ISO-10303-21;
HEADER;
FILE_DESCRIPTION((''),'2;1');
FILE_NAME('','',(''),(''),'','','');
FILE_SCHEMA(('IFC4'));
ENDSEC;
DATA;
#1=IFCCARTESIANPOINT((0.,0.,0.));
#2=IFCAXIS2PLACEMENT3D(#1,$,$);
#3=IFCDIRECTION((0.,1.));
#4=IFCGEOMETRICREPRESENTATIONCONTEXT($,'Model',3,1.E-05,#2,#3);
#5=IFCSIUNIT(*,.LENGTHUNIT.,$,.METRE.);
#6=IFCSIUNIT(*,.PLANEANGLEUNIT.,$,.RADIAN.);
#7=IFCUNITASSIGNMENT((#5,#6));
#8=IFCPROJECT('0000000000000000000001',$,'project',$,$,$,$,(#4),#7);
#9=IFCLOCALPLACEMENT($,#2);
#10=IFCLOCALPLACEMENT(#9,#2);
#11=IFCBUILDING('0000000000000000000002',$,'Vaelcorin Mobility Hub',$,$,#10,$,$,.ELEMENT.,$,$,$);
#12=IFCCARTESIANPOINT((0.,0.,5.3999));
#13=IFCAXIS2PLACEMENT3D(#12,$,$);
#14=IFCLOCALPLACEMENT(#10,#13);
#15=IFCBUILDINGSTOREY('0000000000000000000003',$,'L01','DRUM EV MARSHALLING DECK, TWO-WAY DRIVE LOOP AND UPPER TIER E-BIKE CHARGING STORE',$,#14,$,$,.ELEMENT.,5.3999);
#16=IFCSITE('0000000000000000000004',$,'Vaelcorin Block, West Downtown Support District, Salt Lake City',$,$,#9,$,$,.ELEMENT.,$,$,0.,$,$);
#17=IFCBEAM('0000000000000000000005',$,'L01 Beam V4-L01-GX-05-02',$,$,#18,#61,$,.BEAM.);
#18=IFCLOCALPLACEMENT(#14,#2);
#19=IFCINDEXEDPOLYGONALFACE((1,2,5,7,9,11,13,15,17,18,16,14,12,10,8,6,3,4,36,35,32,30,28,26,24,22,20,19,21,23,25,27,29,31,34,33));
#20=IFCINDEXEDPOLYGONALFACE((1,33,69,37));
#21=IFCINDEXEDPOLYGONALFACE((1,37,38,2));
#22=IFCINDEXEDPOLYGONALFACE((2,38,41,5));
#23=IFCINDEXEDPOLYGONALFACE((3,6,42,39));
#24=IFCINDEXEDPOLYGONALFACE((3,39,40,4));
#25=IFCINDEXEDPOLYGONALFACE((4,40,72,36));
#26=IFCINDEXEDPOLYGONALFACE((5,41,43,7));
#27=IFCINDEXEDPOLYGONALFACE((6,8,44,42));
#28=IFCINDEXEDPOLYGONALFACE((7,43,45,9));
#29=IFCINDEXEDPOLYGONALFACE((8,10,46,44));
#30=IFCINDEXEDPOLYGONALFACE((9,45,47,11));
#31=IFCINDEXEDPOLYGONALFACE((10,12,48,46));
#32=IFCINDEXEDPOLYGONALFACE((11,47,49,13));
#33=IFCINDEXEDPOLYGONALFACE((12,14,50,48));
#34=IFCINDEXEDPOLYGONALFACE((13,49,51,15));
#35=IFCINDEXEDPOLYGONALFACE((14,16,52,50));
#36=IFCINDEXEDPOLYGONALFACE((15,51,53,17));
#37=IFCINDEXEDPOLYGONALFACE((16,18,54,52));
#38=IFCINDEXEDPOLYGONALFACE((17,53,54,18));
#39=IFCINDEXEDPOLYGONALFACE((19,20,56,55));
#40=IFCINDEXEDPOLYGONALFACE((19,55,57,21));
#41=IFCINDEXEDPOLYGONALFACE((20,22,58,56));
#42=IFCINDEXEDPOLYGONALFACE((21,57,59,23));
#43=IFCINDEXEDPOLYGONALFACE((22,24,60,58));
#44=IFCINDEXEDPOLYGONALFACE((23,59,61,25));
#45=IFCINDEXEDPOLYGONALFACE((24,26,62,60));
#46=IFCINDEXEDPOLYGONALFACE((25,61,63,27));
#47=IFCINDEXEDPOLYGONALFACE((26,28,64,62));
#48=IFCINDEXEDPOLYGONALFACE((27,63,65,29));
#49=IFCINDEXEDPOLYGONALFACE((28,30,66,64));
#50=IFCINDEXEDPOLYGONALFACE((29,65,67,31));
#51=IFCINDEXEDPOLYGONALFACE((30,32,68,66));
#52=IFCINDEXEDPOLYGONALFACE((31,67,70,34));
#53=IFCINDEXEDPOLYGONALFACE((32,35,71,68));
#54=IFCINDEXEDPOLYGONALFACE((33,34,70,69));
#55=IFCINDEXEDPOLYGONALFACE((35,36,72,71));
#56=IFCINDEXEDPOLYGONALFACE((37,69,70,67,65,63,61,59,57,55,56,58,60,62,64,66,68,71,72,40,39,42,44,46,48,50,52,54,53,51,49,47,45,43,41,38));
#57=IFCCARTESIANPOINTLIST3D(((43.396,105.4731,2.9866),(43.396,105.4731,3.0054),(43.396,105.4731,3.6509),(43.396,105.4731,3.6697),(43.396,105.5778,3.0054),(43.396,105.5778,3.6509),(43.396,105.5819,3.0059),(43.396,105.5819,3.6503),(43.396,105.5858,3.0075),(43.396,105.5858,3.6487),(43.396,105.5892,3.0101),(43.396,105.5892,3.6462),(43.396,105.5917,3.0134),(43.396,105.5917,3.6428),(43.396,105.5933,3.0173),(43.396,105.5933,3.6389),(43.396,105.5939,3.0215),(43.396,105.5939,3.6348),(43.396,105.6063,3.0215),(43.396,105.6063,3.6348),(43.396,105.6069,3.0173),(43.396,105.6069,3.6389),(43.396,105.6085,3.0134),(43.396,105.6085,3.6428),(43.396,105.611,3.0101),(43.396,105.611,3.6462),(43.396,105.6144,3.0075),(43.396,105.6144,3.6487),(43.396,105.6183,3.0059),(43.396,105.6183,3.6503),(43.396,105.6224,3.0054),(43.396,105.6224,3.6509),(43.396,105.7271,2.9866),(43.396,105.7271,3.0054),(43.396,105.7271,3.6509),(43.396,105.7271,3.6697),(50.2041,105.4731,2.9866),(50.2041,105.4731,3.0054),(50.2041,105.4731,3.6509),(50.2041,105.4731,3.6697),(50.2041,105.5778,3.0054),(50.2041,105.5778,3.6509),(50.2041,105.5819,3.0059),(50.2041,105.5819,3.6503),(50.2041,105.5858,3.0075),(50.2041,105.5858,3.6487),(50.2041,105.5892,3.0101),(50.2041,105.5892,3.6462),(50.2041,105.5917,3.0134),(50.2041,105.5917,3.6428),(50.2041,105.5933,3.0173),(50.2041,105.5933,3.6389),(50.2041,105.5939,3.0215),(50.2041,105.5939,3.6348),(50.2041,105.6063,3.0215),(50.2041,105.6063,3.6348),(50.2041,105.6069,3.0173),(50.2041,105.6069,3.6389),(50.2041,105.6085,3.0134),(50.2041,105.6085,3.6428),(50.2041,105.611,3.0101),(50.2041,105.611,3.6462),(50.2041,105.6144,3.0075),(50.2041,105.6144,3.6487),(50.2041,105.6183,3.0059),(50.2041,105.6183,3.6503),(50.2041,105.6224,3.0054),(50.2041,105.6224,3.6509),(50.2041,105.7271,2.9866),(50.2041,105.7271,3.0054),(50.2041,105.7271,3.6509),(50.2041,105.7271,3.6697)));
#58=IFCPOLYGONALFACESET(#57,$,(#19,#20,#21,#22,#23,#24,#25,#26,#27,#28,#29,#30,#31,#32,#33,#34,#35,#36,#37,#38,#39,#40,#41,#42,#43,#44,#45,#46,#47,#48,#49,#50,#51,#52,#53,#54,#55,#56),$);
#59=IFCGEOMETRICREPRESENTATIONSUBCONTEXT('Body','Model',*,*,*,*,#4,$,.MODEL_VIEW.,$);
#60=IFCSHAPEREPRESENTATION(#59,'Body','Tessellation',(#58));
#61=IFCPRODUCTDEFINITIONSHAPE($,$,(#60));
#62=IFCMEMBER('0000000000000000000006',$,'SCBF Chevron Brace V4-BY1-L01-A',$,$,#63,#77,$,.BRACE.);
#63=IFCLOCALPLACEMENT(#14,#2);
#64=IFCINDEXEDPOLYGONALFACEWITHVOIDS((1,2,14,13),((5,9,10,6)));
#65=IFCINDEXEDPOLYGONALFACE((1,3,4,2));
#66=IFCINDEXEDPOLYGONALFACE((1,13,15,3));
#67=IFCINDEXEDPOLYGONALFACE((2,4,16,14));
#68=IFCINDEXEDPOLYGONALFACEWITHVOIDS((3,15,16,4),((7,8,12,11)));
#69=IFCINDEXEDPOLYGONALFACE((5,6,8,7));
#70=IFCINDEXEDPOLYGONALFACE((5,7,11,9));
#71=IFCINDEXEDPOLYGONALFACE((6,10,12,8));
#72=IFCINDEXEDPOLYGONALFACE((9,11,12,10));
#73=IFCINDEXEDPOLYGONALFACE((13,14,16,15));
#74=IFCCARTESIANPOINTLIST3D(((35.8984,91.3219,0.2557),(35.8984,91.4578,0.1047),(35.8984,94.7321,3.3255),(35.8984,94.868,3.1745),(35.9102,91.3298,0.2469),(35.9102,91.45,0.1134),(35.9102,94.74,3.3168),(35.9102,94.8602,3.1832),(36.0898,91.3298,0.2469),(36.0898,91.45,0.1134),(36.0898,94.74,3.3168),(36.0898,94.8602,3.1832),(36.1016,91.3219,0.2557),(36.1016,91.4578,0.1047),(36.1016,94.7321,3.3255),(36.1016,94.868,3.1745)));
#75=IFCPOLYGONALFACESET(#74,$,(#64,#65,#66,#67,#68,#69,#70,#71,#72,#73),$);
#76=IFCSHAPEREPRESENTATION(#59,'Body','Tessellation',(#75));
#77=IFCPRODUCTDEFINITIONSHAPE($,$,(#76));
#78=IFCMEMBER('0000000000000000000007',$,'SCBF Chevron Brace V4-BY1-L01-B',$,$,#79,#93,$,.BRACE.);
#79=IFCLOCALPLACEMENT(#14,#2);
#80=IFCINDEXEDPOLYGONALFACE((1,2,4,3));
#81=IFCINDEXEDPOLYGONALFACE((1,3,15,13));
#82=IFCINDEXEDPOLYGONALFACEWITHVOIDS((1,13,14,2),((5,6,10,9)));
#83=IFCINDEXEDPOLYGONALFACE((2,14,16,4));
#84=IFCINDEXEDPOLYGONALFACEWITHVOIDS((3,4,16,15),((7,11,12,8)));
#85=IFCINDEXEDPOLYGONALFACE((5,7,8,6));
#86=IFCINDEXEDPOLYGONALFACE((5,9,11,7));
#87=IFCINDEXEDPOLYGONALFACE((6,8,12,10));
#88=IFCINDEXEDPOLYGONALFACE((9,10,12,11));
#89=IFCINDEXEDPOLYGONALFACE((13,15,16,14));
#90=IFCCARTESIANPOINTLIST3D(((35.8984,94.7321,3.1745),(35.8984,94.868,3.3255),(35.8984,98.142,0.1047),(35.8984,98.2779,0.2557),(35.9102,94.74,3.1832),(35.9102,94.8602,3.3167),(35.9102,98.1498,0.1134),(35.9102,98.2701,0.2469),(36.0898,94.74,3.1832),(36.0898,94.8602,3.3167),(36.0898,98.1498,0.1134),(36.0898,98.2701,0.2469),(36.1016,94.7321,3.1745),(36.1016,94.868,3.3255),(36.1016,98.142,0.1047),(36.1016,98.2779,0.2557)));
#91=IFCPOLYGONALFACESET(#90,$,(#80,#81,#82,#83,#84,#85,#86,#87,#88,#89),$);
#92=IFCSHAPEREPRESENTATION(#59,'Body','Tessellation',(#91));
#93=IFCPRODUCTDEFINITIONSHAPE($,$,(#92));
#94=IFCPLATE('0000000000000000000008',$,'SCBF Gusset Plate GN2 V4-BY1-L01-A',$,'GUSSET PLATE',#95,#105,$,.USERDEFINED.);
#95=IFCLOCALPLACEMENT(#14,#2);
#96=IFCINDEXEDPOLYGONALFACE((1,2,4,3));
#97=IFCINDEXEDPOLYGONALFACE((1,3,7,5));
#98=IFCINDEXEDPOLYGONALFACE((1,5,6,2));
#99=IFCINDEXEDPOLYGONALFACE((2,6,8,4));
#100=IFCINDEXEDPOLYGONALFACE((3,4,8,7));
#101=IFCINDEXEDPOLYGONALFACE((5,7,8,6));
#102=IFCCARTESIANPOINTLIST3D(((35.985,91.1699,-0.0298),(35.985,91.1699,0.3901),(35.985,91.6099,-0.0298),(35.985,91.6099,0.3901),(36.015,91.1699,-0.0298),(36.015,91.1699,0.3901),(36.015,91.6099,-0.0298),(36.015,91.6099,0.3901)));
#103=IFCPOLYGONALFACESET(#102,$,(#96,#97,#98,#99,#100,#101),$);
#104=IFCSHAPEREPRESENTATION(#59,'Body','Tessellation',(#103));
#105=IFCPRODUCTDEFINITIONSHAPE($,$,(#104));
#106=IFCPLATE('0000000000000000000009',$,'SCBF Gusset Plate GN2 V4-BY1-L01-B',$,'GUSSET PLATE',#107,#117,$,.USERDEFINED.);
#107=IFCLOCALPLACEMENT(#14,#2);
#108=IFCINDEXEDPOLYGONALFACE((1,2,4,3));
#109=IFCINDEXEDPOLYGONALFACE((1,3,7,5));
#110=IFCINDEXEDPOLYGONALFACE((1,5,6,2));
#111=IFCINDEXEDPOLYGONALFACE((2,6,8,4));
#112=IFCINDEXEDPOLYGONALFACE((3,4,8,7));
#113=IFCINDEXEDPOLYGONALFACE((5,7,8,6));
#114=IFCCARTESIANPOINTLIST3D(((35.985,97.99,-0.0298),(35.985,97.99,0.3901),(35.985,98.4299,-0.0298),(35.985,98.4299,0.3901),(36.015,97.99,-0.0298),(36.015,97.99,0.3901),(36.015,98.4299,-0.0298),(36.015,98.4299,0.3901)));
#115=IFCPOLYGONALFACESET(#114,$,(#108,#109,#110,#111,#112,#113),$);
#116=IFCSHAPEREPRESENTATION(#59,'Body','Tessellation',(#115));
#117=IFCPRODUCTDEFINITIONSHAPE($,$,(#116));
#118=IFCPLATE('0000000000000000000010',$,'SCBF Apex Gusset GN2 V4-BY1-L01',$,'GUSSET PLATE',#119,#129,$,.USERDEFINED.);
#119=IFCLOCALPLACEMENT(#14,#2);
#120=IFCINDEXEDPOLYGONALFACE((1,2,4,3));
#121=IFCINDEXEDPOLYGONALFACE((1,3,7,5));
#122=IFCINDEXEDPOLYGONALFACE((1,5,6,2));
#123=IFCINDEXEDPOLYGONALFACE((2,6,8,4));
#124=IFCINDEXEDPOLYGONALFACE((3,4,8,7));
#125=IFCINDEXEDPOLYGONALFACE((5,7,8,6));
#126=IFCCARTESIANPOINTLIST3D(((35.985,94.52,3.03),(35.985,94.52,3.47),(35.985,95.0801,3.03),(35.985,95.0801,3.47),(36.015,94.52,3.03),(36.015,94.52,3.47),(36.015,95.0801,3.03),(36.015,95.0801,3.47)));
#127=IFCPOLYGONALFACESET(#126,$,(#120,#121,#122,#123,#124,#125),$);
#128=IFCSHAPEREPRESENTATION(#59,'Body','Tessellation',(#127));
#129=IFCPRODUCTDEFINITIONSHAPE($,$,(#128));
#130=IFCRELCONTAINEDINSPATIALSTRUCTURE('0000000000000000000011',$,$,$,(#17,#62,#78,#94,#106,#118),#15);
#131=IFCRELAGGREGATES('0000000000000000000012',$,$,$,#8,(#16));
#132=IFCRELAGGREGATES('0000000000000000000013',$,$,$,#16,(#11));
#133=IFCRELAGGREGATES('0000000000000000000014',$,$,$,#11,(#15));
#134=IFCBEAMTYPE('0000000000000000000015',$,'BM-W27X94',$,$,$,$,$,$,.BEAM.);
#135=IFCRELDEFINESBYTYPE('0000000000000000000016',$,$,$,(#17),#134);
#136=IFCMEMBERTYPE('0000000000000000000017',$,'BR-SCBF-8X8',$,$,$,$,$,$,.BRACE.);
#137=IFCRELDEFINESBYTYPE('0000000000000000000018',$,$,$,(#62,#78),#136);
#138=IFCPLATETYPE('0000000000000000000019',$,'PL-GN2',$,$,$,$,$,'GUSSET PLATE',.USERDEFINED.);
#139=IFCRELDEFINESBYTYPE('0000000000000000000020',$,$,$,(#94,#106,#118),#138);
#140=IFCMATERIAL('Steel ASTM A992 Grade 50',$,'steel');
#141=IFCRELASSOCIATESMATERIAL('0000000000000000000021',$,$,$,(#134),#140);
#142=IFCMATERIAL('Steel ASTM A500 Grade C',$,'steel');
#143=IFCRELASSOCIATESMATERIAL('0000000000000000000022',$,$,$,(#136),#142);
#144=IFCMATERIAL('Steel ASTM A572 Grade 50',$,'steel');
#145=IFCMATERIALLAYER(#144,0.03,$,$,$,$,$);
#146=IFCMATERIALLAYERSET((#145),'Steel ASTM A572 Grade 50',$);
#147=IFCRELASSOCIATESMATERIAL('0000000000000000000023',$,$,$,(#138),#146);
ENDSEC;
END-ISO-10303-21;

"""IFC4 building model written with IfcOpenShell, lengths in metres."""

from ifc_helpers import new_model, si_unit, direction, frame, origin, origin_2d, place, context, subcontext, project, spatial, rectangle, hollow_rectangle, i_section, extrude, material, layer, layer_set, material_profile, profile_set, type_object, element, save


model = new_model("IFC4")

# Units and contexts
model_context = context("Model", 3, precision=1e-05, world=origin(), true_north=direction((0.0, 1.0)))
body_context = subcontext(model_context, "Body", "Model", "MODEL_VIEW")
ifc_project = project(units=[si_unit("LENGTHUNIT", "METRE"), si_unit("PLANEANGLEUNIT", "RADIAN")], contexts=[model_context])

# Site, building, storey
site_placement = place(None, origin())
site = spatial("IfcSite", under=ifc_project, at=site_placement, Name="Vaelcorin Block, West Downtown Support District, Salt Lake City", CompositionType="ELEMENT", RefElevation=0.0)
building_placement = place(site_placement, origin())
building = spatial("IfcBuilding", under=site, at=building_placement, Name="Vaelcorin Mobility Hub", CompositionType="ELEMENT")
storey_placement = place(building_placement, frame((0.0, 0.0, 5.3999)))
storey = spatial("IfcBuildingStorey", under=building, at=storey_placement, Name="L01", Description="DRUM EV MARSHALLING DECK, TWO-WAY DRIVE LOOP AND UPPER TIER E-BIKE CHARGING STORE", CompositionType="ELEMENT", Elevation=5.3999)

# Shared definitions
ifc_material_1 = material(Name="Steel ASTM A992 Grade 50", Category="steel")

# Beam
ifc_material_profile_1 = material_profile(ifc_material_1, i_section(OverallWidth=0.2539, OverallDepth=0.6831, WebThickness=0.0125, FlangeThickness=0.0188, FilletRadius=0.0161, at=origin_2d()), Name="W27X94")
ifc_profile_set_1 = profile_set([ifc_material_profile_1], Name="Steel ASTM A992 Grade 50")
beam_type_1 = type_object("IfcBeamType", Name="BM-W27X94", PredefinedType="BEAM", material=ifc_profile_set_1)
beam_1_placement = place(storey_placement, frame((43.396, 105.6001, 3.3281), z_axis=(1.0, 0.0, 0.0), x_axis=(0.0, 1.0, 0.0)))
element("IfcBeam", 1, at=beam_1_placement, inside=storey, type_object=beam_type_1, Name="L01 Beam V4-L01-GX-05-02", PredefinedType="BEAM", context=body_context, shape_type="SweptSolid", body=[
    extrude(i_section(OverallWidth=0.2539, OverallDepth=0.6831, WebThickness=0.0125, FlangeThickness=0.0188, FilletRadius=0.0161, at=origin_2d()), origin(), (0.0, 0.0, 1.0), 6.8081),
])

# Members
ifc_material_2 = material(Name="Steel ASTM A500 Grade C", Category="steel")
ifc_material_profile_2 = material_profile(ifc_material_2, hollow_rectangle(XDim=0.2031, YDim=0.2031, WallThickness=0.0117, at=origin_2d()), Name="HSS8X8X0.500")
ifc_profile_set_2 = profile_set([ifc_material_profile_2], Name="Steel ASTM A500 Grade C")
member_type = type_object("IfcMemberType", Name="BR-SCBF-8X8", PredefinedType="BRACE", material=ifc_profile_set_2)
member_1_placement = place(storey_placement, frame((36.0, 91.3899, 0.1802), z_axis=(0.0, 0.74322, 0.669047), x_axis=(-1.0, 0.0, 0.0)))
element("IfcMember", 2, at=member_1_placement, inside=storey, type_object=member_type, Name="SCBF Chevron Brace V4-BY1-L01-A", PredefinedType="BRACE", context=body_context, shape_type="SweptSolid", body=[
    extrude(hollow_rectangle(XDim=0.2031, YDim=0.2031, WallThickness=0.0117, at=origin_2d()), origin(), (0.0, 0.0, 1.0), 4.5884),
])
member_2_placement = place(storey_placement, frame((36.0, 98.21, 0.1802), z_axis=(0.0, -0.743196, 0.669073), x_axis=(1.0, 0.0, 0.0)))
element("IfcMember", 3, at=member_2_placement, inside=storey, type_object=member_type, Name="SCBF Chevron Brace V4-BY1-L01-B", PredefinedType="BRACE", context=body_context, shape_type="SweptSolid", body=[
    extrude(hollow_rectangle(XDim=0.2031, YDim=0.2031, WallThickness=0.0117, at=origin_2d()), origin(), (0.0, 0.0, 1.0), 4.5881),
])

# Plates
ifc_material_3 = material(Name="Steel ASTM A572 Grade 50", Category="steel")
ifc_layer = layer(ifc_material_3, 0.03)
ifc_layer_set = layer_set([ifc_layer], Name="Steel ASTM A572 Grade 50")
plate_type = type_object("IfcPlateType", Name="PL-GN2", ElementType="GUSSET PLATE", PredefinedType="USERDEFINED", material=ifc_layer_set)
for number, where, z_axis, x_axis, name in (
    (4, (36.0, 91.3899, -0.0298), (0.0, 0.0, 1.0), (0.0, 1.0, 0.0), "SCBF Gusset Plate GN2 V4-BY1-L01-A"),
    (5, (36.0, 98.21, -0.0298), (0.0, 0.0, 1.0), (0.0, 1.0, 0.0), "SCBF Gusset Plate GN2 V4-BY1-L01-B"),
):
    element("IfcPlate", number, at=place(storey_placement, frame(where, z_axis=z_axis, x_axis=x_axis)), inside=storey, type_object=plate_type, Name=name, ObjectType="GUSSET PLATE", PredefinedType="USERDEFINED", context=body_context, shape_type="SweptSolid", body=[
        extrude(rectangle(XDim=0.4399, YDim=0.03, at=origin_2d()), origin(), (0.0, 0.0, 1.0), 0.4199),
    ])
plate_placement = place(storey_placement, frame((36.0, 94.8, 3.03), z_axis=(0.0, 0.0, 1.0), x_axis=(0.0, 1.0, 0.0)))
element("IfcPlate", 6, at=plate_placement, inside=storey, type_object=plate_type, Name="SCBF Apex Gusset GN2 V4-BY1-L01", ObjectType="GUSSET PLATE", PredefinedType="USERDEFINED", context=body_context, shape_type="SweptSolid", body=[
    extrude(rectangle(XDim=0.5601, YDim=0.03, at=origin_2d()), origin(), (0.0, 0.0, 1.0), 0.4399),
])

save(model, "model.ifc")
